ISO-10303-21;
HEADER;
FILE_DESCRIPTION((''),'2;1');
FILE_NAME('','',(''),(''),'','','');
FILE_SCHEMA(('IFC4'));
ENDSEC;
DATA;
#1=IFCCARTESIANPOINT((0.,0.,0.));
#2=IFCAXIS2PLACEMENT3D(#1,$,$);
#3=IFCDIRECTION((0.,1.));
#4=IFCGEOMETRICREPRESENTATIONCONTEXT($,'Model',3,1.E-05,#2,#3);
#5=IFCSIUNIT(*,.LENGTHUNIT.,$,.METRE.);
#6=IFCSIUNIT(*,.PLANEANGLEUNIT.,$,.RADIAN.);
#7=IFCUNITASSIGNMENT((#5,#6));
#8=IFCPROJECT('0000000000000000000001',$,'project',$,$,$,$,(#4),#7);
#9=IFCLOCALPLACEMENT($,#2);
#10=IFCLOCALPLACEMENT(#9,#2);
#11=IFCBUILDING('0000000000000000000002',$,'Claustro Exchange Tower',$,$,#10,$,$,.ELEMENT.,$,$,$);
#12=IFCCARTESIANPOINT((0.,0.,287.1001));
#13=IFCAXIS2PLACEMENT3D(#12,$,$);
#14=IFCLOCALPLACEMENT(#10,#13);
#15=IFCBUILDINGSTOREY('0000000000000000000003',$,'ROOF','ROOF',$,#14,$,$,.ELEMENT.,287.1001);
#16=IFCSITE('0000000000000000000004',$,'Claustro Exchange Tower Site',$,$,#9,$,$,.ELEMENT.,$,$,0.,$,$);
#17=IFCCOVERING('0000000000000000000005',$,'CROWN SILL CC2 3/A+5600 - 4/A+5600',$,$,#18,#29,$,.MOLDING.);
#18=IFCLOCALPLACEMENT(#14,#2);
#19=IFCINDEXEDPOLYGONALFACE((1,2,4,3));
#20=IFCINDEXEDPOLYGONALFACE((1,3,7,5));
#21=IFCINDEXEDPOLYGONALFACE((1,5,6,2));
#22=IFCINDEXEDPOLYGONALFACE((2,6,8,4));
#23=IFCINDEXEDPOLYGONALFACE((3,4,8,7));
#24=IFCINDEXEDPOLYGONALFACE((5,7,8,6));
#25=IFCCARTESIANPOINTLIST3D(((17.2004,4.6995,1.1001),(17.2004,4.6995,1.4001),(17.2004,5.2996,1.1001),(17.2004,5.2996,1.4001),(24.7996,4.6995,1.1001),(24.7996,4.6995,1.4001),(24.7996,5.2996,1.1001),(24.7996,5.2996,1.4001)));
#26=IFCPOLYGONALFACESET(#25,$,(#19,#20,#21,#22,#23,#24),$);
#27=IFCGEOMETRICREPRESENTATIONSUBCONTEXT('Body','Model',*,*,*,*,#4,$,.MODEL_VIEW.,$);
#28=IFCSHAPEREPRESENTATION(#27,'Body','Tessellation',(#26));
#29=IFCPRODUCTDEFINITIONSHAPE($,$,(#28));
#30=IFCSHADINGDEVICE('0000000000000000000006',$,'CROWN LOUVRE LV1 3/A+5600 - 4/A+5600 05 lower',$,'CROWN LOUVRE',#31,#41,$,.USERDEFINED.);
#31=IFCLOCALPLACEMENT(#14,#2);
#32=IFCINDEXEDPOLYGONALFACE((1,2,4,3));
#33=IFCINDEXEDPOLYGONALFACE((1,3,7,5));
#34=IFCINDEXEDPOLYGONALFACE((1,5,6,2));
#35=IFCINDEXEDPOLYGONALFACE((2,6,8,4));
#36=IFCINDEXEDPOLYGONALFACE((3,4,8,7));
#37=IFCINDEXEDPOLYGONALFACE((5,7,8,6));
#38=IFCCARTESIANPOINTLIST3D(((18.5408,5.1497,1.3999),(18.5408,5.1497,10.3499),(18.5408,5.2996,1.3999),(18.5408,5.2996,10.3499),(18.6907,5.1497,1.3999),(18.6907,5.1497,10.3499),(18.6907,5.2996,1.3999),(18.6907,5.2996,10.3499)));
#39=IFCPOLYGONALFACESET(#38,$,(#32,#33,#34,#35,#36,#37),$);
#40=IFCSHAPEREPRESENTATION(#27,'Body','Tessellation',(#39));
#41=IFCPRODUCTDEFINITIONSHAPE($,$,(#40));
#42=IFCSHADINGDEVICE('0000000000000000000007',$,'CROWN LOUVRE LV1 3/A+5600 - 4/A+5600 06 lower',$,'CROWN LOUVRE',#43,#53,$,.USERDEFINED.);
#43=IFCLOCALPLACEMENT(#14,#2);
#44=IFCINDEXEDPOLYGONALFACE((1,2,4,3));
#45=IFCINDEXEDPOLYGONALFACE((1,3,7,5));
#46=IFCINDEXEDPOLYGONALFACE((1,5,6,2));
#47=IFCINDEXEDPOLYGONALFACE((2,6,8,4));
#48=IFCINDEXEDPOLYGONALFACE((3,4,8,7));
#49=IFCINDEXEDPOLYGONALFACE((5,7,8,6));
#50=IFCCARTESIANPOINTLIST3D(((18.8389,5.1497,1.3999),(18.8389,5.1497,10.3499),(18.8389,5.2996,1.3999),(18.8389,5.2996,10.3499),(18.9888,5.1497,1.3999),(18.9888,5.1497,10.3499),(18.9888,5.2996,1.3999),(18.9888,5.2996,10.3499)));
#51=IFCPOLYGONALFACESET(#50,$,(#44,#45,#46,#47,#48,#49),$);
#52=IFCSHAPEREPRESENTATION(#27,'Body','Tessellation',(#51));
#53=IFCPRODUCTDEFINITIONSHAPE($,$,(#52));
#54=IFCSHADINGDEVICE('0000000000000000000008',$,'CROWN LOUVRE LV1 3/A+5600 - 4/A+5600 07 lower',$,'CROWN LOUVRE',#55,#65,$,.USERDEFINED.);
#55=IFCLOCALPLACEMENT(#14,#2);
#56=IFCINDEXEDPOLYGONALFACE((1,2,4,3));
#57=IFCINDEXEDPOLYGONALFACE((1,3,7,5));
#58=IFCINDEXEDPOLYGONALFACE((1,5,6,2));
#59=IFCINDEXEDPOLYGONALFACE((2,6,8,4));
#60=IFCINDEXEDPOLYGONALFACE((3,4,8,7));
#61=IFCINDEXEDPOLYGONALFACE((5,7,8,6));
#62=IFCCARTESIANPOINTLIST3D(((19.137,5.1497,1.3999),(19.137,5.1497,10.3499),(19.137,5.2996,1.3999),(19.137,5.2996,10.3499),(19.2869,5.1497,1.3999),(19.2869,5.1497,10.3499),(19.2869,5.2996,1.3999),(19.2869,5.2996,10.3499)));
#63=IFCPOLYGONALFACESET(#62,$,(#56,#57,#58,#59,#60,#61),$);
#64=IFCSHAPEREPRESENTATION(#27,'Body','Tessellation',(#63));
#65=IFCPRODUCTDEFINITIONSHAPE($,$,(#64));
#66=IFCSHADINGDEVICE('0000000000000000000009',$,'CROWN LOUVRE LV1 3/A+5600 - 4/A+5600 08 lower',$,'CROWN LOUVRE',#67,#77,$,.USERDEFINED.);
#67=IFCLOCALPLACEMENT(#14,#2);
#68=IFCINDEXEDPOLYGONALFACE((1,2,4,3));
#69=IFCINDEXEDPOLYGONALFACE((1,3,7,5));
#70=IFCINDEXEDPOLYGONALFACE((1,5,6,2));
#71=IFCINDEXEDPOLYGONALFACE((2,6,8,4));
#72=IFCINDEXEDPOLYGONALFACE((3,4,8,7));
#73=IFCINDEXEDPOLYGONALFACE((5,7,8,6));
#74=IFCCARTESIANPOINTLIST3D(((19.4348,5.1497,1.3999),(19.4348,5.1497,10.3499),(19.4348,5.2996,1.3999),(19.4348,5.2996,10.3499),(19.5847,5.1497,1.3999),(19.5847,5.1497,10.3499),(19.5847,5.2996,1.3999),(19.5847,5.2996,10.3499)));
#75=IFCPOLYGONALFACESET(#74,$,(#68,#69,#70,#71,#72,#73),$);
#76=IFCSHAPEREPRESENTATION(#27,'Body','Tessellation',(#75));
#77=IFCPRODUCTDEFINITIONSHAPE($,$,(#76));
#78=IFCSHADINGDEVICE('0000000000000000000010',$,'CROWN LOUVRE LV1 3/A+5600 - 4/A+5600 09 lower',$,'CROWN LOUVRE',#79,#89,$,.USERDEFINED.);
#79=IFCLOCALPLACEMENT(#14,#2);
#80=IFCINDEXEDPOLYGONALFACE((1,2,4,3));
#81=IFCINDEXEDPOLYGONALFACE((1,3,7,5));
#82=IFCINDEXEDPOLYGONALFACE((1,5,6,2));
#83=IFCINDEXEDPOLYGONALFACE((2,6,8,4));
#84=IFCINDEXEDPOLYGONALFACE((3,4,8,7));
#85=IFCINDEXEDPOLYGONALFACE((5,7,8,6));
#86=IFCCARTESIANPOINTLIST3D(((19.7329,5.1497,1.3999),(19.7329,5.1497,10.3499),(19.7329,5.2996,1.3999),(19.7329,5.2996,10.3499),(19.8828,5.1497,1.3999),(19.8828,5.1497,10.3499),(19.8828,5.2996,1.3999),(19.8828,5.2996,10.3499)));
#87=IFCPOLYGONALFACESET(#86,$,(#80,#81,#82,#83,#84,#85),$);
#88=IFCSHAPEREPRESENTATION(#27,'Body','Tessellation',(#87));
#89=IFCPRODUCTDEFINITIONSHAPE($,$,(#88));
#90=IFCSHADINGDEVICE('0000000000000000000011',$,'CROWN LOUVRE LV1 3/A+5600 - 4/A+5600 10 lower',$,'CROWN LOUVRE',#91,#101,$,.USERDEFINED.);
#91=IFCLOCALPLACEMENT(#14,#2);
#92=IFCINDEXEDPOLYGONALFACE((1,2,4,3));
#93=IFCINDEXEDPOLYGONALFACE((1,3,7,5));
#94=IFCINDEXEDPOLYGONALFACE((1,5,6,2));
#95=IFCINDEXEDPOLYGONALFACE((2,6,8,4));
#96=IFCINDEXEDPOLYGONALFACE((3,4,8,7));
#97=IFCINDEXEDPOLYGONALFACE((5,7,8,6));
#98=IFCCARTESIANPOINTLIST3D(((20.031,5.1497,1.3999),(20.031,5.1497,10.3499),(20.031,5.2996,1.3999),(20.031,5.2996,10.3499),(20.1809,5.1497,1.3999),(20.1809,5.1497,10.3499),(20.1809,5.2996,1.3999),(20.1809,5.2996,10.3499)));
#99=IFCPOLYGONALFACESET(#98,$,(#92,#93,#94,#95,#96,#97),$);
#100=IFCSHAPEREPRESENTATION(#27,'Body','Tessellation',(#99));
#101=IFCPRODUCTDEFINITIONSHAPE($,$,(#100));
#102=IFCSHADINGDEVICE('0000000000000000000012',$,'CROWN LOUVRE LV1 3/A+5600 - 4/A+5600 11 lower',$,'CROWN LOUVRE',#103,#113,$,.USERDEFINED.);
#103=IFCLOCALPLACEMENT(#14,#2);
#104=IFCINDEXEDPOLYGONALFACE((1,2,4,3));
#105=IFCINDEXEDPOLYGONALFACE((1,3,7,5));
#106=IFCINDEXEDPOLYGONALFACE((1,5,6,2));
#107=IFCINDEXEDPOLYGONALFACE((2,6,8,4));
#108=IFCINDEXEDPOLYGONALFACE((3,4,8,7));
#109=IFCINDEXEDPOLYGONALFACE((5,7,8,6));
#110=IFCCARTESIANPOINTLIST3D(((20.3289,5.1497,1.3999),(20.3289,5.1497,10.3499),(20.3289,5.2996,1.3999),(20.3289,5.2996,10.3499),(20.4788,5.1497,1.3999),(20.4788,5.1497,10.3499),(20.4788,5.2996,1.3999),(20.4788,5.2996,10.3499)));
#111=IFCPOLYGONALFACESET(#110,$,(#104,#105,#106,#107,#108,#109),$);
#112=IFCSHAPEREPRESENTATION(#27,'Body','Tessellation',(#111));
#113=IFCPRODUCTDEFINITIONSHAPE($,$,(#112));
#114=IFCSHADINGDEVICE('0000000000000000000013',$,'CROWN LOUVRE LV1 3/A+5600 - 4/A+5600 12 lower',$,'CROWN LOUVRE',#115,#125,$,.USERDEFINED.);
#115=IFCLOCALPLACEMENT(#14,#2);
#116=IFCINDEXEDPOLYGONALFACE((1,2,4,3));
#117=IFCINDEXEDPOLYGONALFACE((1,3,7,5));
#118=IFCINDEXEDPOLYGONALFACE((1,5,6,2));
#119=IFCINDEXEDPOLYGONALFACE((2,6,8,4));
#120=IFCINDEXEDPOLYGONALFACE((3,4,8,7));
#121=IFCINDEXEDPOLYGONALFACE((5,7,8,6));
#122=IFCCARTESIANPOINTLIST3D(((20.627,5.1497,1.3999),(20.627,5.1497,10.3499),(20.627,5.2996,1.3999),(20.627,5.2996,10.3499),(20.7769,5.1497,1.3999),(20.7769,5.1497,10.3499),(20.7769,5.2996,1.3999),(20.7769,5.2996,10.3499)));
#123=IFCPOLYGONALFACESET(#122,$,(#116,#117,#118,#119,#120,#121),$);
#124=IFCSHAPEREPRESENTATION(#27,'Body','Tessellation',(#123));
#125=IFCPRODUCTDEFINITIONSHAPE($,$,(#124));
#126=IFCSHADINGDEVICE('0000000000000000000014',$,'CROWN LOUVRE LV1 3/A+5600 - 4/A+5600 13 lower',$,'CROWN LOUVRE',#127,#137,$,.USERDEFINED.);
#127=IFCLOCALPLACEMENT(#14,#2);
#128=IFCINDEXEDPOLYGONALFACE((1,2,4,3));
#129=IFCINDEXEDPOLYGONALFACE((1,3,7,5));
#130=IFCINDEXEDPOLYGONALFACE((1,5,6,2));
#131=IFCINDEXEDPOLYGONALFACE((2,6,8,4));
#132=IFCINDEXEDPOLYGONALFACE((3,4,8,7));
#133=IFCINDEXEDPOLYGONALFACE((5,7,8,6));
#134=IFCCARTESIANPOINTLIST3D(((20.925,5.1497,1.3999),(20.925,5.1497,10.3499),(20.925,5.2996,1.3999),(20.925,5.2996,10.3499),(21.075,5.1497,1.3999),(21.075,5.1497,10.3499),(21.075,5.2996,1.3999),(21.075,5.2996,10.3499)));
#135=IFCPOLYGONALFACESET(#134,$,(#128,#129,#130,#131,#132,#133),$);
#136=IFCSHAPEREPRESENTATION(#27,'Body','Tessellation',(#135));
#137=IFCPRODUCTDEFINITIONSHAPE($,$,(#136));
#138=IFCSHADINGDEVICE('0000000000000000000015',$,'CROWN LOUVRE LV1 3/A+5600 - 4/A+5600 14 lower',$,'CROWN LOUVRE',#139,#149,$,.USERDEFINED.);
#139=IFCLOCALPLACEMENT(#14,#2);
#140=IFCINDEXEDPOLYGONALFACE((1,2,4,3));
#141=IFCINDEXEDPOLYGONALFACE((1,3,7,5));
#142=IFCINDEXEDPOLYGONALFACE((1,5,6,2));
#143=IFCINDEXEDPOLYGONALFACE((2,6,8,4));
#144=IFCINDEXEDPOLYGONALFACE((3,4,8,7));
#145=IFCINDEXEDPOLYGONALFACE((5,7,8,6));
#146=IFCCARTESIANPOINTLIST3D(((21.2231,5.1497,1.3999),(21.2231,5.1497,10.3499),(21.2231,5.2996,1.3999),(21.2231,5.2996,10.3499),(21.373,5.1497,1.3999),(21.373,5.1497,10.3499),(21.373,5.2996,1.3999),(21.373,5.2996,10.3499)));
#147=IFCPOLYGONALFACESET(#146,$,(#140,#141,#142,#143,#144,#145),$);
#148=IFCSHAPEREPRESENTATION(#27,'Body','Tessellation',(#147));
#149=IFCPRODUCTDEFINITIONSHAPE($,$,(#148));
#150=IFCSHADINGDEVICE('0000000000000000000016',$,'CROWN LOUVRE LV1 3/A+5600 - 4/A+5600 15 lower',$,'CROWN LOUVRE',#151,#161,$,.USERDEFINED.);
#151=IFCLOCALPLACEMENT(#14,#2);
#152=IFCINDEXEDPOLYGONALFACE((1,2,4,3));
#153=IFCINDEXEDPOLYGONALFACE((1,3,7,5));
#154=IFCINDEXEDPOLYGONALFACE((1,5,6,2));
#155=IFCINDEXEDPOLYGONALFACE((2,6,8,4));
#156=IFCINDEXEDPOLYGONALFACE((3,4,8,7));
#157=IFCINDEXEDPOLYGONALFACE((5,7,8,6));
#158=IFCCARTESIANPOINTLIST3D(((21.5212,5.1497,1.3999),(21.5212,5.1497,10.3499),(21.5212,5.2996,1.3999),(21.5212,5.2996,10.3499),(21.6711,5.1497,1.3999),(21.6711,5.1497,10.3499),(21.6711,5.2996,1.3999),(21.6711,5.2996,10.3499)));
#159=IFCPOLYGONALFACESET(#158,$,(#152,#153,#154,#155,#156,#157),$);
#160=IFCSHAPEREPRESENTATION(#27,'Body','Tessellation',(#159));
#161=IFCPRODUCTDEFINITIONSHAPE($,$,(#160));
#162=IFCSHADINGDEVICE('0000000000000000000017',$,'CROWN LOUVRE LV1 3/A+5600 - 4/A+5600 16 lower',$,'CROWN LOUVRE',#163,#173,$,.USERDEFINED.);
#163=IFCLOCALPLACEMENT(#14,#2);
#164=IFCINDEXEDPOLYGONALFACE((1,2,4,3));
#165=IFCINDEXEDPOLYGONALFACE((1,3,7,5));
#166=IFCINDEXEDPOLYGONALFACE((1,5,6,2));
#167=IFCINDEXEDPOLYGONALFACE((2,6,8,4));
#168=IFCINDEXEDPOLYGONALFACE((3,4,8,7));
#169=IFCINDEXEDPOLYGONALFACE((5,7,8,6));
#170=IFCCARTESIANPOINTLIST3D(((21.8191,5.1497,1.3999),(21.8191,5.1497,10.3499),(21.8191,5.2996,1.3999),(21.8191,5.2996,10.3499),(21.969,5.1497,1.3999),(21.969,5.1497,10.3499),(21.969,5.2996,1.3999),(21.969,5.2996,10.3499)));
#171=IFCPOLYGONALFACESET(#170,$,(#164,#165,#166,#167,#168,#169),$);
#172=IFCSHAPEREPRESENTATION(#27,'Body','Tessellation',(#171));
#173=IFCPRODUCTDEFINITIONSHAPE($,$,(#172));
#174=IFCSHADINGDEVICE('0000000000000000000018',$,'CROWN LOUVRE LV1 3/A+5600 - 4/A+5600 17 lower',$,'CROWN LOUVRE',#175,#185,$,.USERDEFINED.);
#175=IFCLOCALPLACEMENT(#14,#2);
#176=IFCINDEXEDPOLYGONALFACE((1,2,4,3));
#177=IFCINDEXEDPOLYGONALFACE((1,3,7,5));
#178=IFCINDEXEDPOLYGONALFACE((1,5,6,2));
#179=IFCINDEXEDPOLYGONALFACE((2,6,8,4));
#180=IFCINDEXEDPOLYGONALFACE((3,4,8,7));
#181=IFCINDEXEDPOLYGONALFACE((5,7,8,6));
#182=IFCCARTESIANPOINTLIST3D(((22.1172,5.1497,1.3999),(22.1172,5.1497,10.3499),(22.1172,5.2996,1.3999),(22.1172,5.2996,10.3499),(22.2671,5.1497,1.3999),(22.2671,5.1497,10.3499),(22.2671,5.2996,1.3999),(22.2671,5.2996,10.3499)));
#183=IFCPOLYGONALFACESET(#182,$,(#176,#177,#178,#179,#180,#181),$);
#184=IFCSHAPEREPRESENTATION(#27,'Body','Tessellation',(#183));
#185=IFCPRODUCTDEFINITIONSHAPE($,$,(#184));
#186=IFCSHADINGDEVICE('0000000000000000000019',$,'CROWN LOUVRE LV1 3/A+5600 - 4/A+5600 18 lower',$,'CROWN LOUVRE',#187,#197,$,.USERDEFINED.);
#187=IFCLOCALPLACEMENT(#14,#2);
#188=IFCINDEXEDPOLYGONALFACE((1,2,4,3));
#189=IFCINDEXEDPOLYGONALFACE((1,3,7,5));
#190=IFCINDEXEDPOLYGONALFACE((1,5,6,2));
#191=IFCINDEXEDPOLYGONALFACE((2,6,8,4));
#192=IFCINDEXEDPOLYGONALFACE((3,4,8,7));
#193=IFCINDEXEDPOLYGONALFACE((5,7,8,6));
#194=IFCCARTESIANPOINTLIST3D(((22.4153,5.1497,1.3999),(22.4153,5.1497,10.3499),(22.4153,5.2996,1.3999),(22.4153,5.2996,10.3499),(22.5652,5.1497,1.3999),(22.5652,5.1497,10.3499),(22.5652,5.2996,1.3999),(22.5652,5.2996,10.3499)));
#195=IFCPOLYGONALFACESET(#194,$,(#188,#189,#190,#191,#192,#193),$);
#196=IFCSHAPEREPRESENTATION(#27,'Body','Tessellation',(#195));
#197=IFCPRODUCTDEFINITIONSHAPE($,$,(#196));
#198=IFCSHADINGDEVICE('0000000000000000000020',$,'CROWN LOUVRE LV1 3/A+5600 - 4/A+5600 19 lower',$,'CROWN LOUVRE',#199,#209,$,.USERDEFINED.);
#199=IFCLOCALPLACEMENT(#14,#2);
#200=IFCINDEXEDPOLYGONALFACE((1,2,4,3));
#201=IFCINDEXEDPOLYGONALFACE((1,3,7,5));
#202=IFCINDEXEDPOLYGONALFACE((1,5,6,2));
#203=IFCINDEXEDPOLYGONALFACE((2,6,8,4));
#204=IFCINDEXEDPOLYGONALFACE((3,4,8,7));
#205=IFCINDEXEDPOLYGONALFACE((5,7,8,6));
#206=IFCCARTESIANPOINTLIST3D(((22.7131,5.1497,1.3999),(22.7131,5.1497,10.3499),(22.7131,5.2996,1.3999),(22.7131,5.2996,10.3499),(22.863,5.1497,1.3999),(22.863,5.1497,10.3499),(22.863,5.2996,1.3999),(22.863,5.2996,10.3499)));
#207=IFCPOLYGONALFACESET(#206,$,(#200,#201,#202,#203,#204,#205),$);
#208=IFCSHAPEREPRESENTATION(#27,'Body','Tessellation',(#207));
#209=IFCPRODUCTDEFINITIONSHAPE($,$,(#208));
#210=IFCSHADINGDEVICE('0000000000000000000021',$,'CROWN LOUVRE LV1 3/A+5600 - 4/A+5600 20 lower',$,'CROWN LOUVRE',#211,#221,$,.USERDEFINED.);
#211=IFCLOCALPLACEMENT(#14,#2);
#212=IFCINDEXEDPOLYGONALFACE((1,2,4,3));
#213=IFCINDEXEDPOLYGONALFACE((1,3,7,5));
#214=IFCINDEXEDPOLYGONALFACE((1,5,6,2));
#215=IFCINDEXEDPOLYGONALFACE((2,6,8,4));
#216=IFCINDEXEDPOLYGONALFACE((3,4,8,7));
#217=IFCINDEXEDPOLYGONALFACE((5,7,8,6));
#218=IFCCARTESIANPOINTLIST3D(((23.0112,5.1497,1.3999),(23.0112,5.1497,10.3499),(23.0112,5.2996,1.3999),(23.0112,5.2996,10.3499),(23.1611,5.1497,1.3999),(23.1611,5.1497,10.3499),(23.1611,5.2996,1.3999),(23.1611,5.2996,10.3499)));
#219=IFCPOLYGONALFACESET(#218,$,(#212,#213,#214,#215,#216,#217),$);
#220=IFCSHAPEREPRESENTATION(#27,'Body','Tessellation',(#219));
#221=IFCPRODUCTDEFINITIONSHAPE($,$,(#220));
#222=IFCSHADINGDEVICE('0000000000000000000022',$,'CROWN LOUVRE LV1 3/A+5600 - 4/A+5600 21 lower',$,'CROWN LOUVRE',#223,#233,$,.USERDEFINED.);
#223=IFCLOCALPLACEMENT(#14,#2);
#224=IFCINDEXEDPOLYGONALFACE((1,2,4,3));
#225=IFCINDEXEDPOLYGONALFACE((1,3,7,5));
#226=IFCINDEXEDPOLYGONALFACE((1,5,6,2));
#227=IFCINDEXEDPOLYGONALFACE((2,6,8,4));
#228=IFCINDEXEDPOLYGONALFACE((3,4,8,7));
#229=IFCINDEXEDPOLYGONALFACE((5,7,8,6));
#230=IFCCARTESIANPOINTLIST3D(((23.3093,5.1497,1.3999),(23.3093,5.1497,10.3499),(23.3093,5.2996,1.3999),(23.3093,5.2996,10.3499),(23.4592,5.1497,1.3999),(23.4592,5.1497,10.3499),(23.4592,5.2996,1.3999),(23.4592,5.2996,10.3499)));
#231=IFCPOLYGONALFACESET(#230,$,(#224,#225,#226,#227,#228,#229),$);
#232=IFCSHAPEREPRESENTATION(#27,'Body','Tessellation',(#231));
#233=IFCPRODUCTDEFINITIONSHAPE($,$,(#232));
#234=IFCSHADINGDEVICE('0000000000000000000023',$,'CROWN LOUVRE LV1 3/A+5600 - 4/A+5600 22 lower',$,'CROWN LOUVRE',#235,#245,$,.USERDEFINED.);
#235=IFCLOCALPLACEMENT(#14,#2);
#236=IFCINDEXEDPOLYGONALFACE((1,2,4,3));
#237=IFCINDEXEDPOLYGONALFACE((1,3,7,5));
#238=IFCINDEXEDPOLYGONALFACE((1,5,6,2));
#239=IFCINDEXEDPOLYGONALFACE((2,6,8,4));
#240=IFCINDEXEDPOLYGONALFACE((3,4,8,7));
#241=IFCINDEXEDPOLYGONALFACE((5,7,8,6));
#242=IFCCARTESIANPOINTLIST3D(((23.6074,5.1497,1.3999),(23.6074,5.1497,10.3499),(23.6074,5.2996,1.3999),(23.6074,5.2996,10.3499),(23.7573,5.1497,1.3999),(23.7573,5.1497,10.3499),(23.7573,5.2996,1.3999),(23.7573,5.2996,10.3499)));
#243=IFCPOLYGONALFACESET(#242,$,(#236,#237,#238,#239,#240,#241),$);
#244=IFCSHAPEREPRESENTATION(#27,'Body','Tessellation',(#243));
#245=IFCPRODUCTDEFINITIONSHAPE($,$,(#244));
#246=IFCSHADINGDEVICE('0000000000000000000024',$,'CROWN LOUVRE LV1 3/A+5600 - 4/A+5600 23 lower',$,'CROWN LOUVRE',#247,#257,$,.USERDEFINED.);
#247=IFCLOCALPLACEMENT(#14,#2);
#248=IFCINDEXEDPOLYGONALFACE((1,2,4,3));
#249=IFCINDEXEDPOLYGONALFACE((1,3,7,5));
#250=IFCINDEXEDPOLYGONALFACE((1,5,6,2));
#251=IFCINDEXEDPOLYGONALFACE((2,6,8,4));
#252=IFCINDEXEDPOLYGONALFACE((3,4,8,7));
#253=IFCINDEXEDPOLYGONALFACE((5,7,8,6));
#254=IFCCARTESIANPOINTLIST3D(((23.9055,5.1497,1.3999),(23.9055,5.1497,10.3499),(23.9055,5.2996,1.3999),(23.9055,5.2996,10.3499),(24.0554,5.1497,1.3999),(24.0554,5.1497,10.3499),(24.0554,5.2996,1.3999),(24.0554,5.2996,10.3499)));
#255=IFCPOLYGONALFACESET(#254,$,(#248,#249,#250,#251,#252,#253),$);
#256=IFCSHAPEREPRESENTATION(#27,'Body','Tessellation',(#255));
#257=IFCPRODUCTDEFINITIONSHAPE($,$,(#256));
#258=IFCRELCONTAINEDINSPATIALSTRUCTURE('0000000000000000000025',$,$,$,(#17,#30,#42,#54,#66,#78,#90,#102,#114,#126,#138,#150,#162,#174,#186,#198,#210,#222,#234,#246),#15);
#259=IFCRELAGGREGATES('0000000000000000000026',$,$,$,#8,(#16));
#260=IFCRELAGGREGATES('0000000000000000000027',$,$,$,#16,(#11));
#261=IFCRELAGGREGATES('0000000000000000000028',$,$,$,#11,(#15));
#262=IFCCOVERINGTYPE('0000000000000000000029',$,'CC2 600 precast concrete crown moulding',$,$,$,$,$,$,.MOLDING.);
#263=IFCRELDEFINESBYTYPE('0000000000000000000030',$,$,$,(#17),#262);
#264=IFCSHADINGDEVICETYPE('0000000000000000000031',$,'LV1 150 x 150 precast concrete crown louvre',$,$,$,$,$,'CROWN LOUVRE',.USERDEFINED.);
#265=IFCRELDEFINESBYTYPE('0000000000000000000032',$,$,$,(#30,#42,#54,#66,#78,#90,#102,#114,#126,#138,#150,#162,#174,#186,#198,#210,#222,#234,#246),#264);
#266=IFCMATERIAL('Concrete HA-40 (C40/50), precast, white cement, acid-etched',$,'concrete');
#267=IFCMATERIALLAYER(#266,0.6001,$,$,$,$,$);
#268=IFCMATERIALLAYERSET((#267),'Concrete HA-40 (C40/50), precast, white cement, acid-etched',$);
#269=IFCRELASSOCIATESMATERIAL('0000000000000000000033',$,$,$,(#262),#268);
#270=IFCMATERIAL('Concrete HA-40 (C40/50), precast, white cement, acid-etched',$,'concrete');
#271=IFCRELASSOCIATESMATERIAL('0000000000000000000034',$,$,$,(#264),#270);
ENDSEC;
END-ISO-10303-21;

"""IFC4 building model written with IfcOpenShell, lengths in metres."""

from ifc_helpers import new_model, si_unit, direction, frame, origin, origin_2d, place, context, subcontext, project, spatial, rectangle, extrude, material, layer, layer_set, type_object, element, save


model = new_model("IFC4")

# Units and contexts
model_context = context("Model", 3, precision=1e-05, world=origin(), true_north=direction((0.0, 1.0)))
body_context = subcontext(model_context, "Body", "Model", "MODEL_VIEW")
ifc_project = project(units=[si_unit("LENGTHUNIT", "METRE"), si_unit("PLANEANGLEUNIT", "RADIAN")], contexts=[model_context])

# Site, building, storey
site_placement = place(None, origin())
site = spatial("IfcSite", under=ifc_project, at=site_placement, Name="Claustro Exchange Tower Site", CompositionType="ELEMENT", RefElevation=0.0)
building_placement = place(site_placement, origin())
building = spatial("IfcBuilding", under=site, at=building_placement, Name="Claustro Exchange Tower", CompositionType="ELEMENT")
storey_placement = place(building_placement, frame((0.0, 0.0, 287.1001)))
storey = spatial("IfcBuildingStorey", under=building, at=storey_placement, Name="ROOF", Description="ROOF", CompositionType="ELEMENT", Elevation=287.1001)

# Covering
ifc_material_1 = material(Name="Concrete HA-40 (C40/50), precast, white cement, acid-etched", Category="concrete")
ifc_layer_1 = layer(ifc_material_1, 0.6001)
ifc_layer_set_1 = layer_set([ifc_layer_1], Name="Concrete HA-40 (C40/50), precast, white cement, acid-etched")
covering_type = type_object("IfcCoveringType", Name="CC2 600 precast concrete crown moulding", PredefinedType="MOLDING", material=ifc_layer_set_1)
covering_placement = place(storey_placement, frame((21.0, 4.9995, 1.1001), z_axis=(0.0, 0.0, 1.0), x_axis=(1.0, 0.0, 0.0)))
element("IfcCovering", 1, at=covering_placement, inside=storey, type_object=covering_type, Name="CROWN SILL CC2 3/A+5600 - 4/A+5600", PredefinedType="MOLDING", context=body_context, shape_type="SweptSolid", body=[
    extrude(rectangle(XDim=7.5991, YDim=0.6001, at=origin_2d()), origin(), (0.0, 0.0, 1.0), 0.3),
])

# Shading devices
ifc_material_2 = material(Name="Concrete HA-40 (C40/50), precast, white cement, acid-etched", Category="concrete")
shading_device_type = type_object("IfcShadingDeviceType", Name="LV1 150 x 150 precast concrete crown louvre", ElementType="CROWN LOUVRE", PredefinedType="USERDEFINED", material=ifc_material_2)
for number, where, z_axis, x_axis, name in (
    (2, (18.6157, 5.2246, 1.3999), (0.0, 0.0, 1.0), (1.0, 0.0, 0.0), "CROWN LOUVRE LV1 3/A+5600 - 4/A+5600 05 lower"),
    (3, (18.9138, 5.2246, 1.3999), (0.0, 0.0, 1.0), (1.0, 0.0, 0.0), "CROWN LOUVRE LV1 3/A+5600 - 4/A+5600 06 lower"),
    (4, (19.2119, 5.2246, 1.3999), (0.0, 0.0, 1.0), (1.0, 0.0, 0.0), "CROWN LOUVRE LV1 3/A+5600 - 4/A+5600 07 lower"),
    (5, (19.5098, 5.2246, 1.3999), (0.0, 0.0, 1.0), (1.0, 0.0, 0.0), "CROWN LOUVRE LV1 3/A+5600 - 4/A+5600 08 lower"),
    (6, (19.8079, 5.2246, 1.3999), (0.0, 0.0, 1.0), (1.0, 0.0, 0.0), "CROWN LOUVRE LV1 3/A+5600 - 4/A+5600 09 lower"),
    (7, (20.106, 5.2246, 1.3999), (0.0, 0.0, 1.0), (1.0, 0.0, 0.0), "CROWN LOUVRE LV1 3/A+5600 - 4/A+5600 10 lower"),
    (8, (20.4038, 5.2246, 1.3999), (0.0, 0.0, 1.0), (1.0, 0.0, 0.0), "CROWN LOUVRE LV1 3/A+5600 - 4/A+5600 11 lower"),
    (9, (20.7019, 5.2246, 1.3999), (0.0, 0.0, 1.0), (1.0, 0.0, 0.0), "CROWN LOUVRE LV1 3/A+5600 - 4/A+5600 12 lower"),
    (10, (21.0, 5.2246, 1.3999), (0.0, 0.0, 1.0), (1.0, 0.0, 0.0), "CROWN LOUVRE LV1 3/A+5600 - 4/A+5600 13 lower"),
    (11, (21.2981, 5.2246, 1.3999), (0.0, 0.0, 1.0), (1.0, 0.0, 0.0), "CROWN LOUVRE LV1 3/A+5600 - 4/A+5600 14 lower"),
    (12, (21.5962, 5.2246, 1.3999), (0.0, 0.0, 1.0), (1.0, 0.0, 0.0), "CROWN LOUVRE LV1 3/A+5600 - 4/A+5600 15 lower"),
    (13, (21.894, 5.2246, 1.3999), (0.0, 0.0, 1.0), (1.0, 0.0, 0.0), "CROWN LOUVRE LV1 3/A+5600 - 4/A+5600 16 lower"),
    (14, (22.1921, 5.2246, 1.3999), (0.0, 0.0, 1.0), (1.0, 0.0, 0.0), "CROWN LOUVRE LV1 3/A+5600 - 4/A+5600 17 lower"),
    (15, (22.4902, 5.2246, 1.3999), (0.0, 0.0, 1.0), (1.0, 0.0, 0.0), "CROWN LOUVRE LV1 3/A+5600 - 4/A+5600 18 lower"),
    (16, (22.7881, 5.2246, 1.3999), (0.0, 0.0, 1.0), (1.0, 0.0, 0.0), "CROWN LOUVRE LV1 3/A+5600 - 4/A+5600 19 lower"),
    (17, (23.0862, 5.2246, 1.3999), (0.0, 0.0, 1.0), (1.0, 0.0, 0.0), "CROWN LOUVRE LV1 3/A+5600 - 4/A+5600 20 lower"),
    (18, (23.3843, 5.2246, 1.3999), (0.0, 0.0, 1.0), (1.0, 0.0, 0.0), "CROWN LOUVRE LV1 3/A+5600 - 4/A+5600 21 lower"),
    (19, (23.6824, 5.2246, 1.3999), (0.0, 0.0, 1.0), (1.0, 0.0, 0.0), "CROWN LOUVRE LV1 3/A+5600 - 4/A+5600 22 lower"),
    (20, (23.9805, 5.2246, 1.3999), (0.0, 0.0, 1.0), (1.0, 0.0, 0.0), "CROWN LOUVRE LV1 3/A+5600 - 4/A+5600 23 lower"),
):
    element("IfcShadingDevice", number, at=place(storey_placement, frame(where, z_axis=z_axis, x_axis=x_axis)), inside=storey, type_object=shading_device_type, Name=name, ObjectType="CROWN LOUVRE", PredefinedType="USERDEFINED", context=body_context, shape_type="SweptSolid", body=[
        extrude(rectangle(XDim=0.1499, YDim=0.1499, at=origin_2d()), origin(), (0.0, 0.0, 1.0), 8.95),
    ])

save(model, "model.ifc")
